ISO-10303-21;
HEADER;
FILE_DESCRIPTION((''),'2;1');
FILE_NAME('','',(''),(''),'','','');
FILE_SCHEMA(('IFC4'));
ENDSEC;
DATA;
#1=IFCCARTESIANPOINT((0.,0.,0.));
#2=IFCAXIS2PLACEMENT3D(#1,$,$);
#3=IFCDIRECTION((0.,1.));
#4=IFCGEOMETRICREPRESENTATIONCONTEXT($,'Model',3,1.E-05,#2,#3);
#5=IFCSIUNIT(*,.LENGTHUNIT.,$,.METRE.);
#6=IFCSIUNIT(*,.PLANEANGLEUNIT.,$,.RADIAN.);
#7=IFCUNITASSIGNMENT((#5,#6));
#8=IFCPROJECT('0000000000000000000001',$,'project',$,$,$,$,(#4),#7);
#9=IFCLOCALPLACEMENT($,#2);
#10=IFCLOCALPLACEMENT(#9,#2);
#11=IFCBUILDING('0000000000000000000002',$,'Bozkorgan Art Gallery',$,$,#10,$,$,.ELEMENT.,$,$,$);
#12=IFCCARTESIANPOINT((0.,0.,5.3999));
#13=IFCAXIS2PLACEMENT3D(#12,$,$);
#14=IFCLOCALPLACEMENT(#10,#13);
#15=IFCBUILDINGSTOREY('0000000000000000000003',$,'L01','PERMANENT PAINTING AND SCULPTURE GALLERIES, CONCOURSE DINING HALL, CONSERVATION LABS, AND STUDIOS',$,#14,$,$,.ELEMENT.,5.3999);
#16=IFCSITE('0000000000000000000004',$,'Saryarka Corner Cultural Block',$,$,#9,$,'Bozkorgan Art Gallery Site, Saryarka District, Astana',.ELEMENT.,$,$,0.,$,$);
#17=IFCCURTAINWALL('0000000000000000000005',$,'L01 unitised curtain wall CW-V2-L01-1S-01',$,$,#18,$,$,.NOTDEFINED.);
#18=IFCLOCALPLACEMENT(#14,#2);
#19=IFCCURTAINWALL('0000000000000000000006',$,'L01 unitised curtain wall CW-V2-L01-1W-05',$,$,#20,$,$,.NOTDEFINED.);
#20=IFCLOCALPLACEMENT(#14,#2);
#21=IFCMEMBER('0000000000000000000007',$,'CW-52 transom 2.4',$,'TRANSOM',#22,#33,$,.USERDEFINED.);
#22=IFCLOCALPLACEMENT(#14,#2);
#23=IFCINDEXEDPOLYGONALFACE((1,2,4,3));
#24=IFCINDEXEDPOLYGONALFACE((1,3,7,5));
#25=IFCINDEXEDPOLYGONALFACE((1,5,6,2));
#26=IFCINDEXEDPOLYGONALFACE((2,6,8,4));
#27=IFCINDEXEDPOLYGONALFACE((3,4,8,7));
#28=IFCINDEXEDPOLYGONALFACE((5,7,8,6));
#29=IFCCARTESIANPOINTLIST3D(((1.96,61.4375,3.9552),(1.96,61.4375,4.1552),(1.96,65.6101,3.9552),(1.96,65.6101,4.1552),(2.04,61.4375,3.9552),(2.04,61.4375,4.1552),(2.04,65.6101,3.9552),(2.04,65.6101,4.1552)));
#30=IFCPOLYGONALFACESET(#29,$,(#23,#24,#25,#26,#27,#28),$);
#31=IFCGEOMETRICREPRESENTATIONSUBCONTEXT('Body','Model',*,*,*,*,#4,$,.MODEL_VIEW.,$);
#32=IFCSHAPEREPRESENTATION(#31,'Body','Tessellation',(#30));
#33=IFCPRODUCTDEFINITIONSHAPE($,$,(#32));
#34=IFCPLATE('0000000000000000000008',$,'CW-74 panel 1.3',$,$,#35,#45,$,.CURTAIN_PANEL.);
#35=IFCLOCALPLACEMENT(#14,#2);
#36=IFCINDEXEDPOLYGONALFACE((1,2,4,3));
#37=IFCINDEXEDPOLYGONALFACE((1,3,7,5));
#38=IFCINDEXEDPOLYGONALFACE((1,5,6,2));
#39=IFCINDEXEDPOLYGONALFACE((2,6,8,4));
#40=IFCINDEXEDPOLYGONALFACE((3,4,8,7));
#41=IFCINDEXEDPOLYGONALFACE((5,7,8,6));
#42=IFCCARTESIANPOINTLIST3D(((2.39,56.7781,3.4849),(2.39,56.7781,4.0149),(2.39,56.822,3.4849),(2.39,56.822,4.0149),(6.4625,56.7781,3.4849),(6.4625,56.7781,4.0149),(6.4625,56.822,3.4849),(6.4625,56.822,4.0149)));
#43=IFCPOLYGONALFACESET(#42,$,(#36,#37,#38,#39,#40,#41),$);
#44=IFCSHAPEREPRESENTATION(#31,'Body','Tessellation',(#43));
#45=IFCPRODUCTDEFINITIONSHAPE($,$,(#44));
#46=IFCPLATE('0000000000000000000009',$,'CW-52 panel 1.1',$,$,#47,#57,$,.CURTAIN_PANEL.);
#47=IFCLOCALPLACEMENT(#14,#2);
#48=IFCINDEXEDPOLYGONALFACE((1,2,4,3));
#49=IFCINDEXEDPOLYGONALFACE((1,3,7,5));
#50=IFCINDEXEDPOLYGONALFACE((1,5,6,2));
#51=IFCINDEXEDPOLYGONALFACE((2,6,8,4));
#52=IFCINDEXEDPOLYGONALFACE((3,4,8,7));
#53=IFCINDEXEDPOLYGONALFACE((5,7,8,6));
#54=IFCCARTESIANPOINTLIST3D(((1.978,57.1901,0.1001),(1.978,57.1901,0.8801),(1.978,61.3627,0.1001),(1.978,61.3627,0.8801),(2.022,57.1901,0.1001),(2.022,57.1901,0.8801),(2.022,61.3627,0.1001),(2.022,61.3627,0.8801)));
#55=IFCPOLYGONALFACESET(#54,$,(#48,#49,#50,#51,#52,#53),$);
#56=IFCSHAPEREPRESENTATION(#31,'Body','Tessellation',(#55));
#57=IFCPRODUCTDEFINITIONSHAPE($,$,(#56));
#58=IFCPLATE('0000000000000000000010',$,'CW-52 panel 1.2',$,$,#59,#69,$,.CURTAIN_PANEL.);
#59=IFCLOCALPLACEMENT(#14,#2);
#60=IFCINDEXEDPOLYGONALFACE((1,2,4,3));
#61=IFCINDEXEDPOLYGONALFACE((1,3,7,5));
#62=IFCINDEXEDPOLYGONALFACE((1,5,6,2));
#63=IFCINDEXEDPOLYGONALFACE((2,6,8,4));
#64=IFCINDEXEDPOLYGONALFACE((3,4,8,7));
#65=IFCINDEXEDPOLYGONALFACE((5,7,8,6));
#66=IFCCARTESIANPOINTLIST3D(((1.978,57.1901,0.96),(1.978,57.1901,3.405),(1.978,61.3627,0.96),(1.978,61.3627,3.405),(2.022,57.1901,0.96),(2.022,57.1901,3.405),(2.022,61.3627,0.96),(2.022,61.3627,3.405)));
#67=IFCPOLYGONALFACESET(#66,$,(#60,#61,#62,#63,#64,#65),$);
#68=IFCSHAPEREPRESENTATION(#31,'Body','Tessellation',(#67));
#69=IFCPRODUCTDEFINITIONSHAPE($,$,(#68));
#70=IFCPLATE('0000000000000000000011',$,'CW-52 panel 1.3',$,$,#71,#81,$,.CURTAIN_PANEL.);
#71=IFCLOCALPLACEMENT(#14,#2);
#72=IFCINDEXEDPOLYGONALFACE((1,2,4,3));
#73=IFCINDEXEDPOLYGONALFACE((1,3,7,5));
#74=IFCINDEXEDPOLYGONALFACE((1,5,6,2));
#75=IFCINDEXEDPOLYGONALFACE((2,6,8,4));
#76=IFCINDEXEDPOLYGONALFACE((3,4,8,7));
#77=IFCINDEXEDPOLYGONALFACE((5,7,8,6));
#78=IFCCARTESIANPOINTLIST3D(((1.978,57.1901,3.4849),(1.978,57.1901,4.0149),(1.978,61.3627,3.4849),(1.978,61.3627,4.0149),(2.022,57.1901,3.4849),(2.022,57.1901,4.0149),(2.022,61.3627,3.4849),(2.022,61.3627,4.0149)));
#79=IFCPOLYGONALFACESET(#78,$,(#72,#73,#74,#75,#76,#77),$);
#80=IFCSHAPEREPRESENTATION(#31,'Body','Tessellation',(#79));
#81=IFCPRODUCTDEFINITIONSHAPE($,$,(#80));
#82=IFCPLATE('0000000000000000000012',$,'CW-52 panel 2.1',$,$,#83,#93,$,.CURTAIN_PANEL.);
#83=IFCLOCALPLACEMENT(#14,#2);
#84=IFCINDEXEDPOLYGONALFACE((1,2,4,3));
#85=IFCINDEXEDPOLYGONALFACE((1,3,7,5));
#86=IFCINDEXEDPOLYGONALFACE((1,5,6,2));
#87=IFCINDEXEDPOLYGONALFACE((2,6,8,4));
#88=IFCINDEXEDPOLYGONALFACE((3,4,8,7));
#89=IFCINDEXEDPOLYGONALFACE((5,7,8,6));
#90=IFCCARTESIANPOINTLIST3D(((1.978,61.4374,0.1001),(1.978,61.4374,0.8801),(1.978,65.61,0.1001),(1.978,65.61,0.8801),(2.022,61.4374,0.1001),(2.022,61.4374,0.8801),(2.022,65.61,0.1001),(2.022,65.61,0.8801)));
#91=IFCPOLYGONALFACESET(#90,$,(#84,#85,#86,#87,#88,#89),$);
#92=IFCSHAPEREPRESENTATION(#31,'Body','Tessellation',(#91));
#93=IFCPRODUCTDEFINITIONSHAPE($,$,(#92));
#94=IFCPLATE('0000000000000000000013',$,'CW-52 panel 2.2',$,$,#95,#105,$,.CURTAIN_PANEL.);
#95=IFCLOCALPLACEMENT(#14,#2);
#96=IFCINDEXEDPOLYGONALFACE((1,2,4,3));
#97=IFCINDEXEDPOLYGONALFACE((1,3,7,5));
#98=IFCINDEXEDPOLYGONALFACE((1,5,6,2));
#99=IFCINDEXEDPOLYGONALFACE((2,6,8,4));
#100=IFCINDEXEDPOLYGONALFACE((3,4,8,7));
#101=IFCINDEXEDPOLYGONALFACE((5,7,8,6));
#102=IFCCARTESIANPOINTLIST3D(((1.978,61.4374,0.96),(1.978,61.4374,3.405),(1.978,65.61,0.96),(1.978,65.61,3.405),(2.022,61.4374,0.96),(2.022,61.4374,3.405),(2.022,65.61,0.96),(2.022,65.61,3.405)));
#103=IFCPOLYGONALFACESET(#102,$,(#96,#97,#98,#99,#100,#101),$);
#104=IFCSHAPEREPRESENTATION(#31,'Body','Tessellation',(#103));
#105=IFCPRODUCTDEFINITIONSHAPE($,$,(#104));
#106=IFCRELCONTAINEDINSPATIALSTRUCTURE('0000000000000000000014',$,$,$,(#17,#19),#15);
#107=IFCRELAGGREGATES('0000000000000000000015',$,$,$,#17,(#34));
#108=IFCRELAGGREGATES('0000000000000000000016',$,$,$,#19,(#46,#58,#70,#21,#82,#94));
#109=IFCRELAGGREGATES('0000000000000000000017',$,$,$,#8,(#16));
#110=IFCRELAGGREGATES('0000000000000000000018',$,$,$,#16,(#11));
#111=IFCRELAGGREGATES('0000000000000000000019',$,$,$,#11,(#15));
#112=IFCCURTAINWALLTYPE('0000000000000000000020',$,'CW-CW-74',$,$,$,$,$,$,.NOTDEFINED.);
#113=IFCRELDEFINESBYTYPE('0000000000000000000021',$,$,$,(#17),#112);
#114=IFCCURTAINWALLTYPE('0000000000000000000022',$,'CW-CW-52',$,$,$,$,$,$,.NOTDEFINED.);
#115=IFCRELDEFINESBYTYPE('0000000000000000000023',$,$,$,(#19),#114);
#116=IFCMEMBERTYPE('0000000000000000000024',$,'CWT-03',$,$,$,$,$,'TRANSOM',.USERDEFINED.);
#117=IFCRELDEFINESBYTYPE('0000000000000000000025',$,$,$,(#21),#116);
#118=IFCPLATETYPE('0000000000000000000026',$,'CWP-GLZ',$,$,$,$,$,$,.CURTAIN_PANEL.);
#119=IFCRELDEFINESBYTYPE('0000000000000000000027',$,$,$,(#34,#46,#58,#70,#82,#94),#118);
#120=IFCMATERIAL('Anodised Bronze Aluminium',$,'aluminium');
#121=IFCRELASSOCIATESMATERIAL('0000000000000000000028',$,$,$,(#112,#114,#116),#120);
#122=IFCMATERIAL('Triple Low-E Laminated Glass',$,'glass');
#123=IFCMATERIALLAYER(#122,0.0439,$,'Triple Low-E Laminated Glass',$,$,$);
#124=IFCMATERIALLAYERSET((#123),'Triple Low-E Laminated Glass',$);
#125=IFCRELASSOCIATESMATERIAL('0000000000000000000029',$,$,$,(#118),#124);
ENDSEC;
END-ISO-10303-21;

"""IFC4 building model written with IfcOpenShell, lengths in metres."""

from ifc_helpers import new_model, si_unit, direction, frame, origin, origin_2d, place, context, subcontext, project, spatial, rectangle, extrude, material, layer, layer_set, material_profile, profile_set, type_object, element, aggregate, save


model = new_model("IFC4")

# Units and contexts
model_context = context("Model", 3, precision=1e-05, world=origin(), true_north=direction((0.0, 1.0)))
body_context = subcontext(model_context, "Body", "Model", "MODEL_VIEW")
ifc_project = project(units=[si_unit("LENGTHUNIT", "METRE"), si_unit("PLANEANGLEUNIT", "RADIAN")], contexts=[model_context])

# Site, building, storey
site_placement = place(None, origin())
site = spatial("IfcSite", under=ifc_project, at=site_placement, Name="Saryarka Corner Cultural Block", LongName="Bozkorgan Art Gallery Site, Saryarka District, Astana", CompositionType="ELEMENT", RefElevation=0.0)
building_placement = place(site_placement, origin())
building = spatial("IfcBuilding", under=site, at=building_placement, Name="Bozkorgan Art Gallery", CompositionType="ELEMENT")
storey_placement = place(building_placement, frame((0.0, 0.0, 5.3999)))
storey = spatial("IfcBuildingStorey", under=building, at=storey_placement, Name="L01", Description="PERMANENT PAINTING AND SCULPTURE GALLERIES, CONCOURSE DINING HALL, CONSERVATION LABS, AND STUDIOS", CompositionType="ELEMENT", Elevation=5.3999)

# Curtain wall
ifc_material_1 = material(Name="Anodised Bronze Aluminium", Category="aluminium")
curtain_wall_type_1 = type_object("IfcCurtainWallType", Name="CW-CW-74", PredefinedType="NOTDEFINED", material=ifc_material_1)
curtain_wall_1_placement = place(storey_placement, origin())
curtain_wall_1 = element("IfcCurtainWall", 1, at=curtain_wall_1_placement, inside=storey, type_object=curtain_wall_type_1, Name="L01 unitised curtain wall CW-V2-L01-1S-01", PredefinedType="NOTDEFINED")

# Curtain wall
curtain_wall_type_2 = type_object("IfcCurtainWallType", Name="CW-CW-52", PredefinedType="NOTDEFINED", material=ifc_material_1)
curtain_wall_2_placement = place(storey_placement, origin())
curtain_wall_2 = element("IfcCurtainWall", 2, at=curtain_wall_2_placement, inside=storey, type_object=curtain_wall_type_2, Name="L01 unitised curtain wall CW-V2-L01-1W-05", PredefinedType="NOTDEFINED")

# Member
ifc_material_profile_1 = material_profile(ifc_material_1, rectangle(XDim=0.0801, YDim=0.2, at=origin_2d()), Name="ALU TRANSOM 80x200")
ifc_profile_set_1 = profile_set([ifc_material_profile_1], Name="Anodised Bronze Aluminium")
member_type_1 = type_object("IfcMemberType", Name="CWT-03", ElementType="TRANSOM", PredefinedType="USERDEFINED", material=ifc_profile_set_1)
member_1_placement = place(storey_placement, frame((2.0, 61.4375, 4.0552), z_axis=(0.0, 1.0, 0.0), x_axis=(-1.0, 0.0, 0.0)))
member_1 = element("IfcMember", 3, at=member_1_placement, type_object=member_type_1, Name="CW-52 transom 2.4", ObjectType="TRANSOM", PredefinedType="USERDEFINED", context=body_context, shape_type="SweptSolid", body=[
    extrude(rectangle(XDim=0.0801, YDim=0.2, at=origin_2d()), origin(), (0.0, 0.0, 1.0), 4.1726),
])

# Plates
ifc_material_2 = material(Name="Triple Low-E Laminated Glass", Category="glass")
ifc_layer = layer(ifc_material_2, 0.0439, Name="Triple Low-E Laminated Glass")
ifc_layer_set = layer_set([ifc_layer], Name="Triple Low-E Laminated Glass")
plate_type = type_object("IfcPlateType", Name="CWP-GLZ", PredefinedType="CURTAIN_PANEL", material=ifc_layer_set)
plate_1_placement = place(storey_placement, frame((4.4263, 56.8, 3.4849), z_axis=(0.0, 0.0, 1.0), x_axis=(1.0, 0.0, 0.0)))
plate_1 = element("IfcPlate", 4, at=plate_1_placement, type_object=plate_type, Name="CW-74 panel 1.3", PredefinedType="CURTAIN_PANEL", context=body_context, shape_type="SweptSolid", body=[
    extrude(rectangle(XDim=4.0725, YDim=0.0439, at=origin_2d()), origin(), (0.0, 0.0, 1.0), 0.53),
])
aggregate(curtain_wall_1, [plate_1])
plate_2_placement = place(storey_placement, frame((2.0, 59.2764, 0.1001), z_axis=(0.0, 0.0, 1.0), x_axis=(0.0, 1.0, 0.0)))
plate_2 = element("IfcPlate", 5, at=plate_2_placement, type_object=plate_type, Name="CW-52 panel 1.1", PredefinedType="CURTAIN_PANEL", context=body_context, shape_type="SweptSolid", body=[
    extrude(rectangle(XDim=4.1726, YDim=0.0439, at=origin_2d()), origin(), (0.0, 0.0, 1.0), 0.78),
])
plate_3_placement = place(storey_placement, frame((2.0, 59.2764, 0.96), z_axis=(0.0, 0.0, 1.0), x_axis=(0.0, 1.0, 0.0)))
plate_3 = element("IfcPlate", 6, at=plate_3_placement, type_object=plate_type, Name="CW-52 panel 1.2", PredefinedType="CURTAIN_PANEL", context=body_context, shape_type="SweptSolid", body=[
    extrude(rectangle(XDim=4.1726, YDim=0.0439, at=origin_2d()), origin(), (0.0, 0.0, 1.0), 2.4451),
])
plate_4_placement = place(storey_placement, frame((2.0, 59.2764, 3.4849), z_axis=(0.0, 0.0, 1.0), x_axis=(0.0, 1.0, 0.0)))
plate_4 = element("IfcPlate", 7, at=plate_4_placement, type_object=plate_type, Name="CW-52 panel 1.3", PredefinedType="CURTAIN_PANEL", context=body_context, shape_type="SweptSolid", body=[
    extrude(rectangle(XDim=4.1726, YDim=0.0439, at=origin_2d()), origin(), (0.0, 0.0, 1.0), 0.53),
])
plate_5_placement = place(storey_placement, frame((2.0, 63.5237, 0.1001), z_axis=(0.0, 0.0, 1.0), x_axis=(0.0, 1.0, 0.0)))
plate_5 = element("IfcPlate", 8, at=plate_5_placement, type_object=plate_type, Name="CW-52 panel 2.1", PredefinedType="CURTAIN_PANEL", context=body_context, shape_type="SweptSolid", body=[
    extrude(rectangle(XDim=4.1726, YDim=0.0439, at=origin_2d()), origin(), (0.0, 0.0, 1.0), 0.78),
])
plate_6_placement = place(storey_placement, frame((2.0, 63.5237, 0.96), z_axis=(0.0, 0.0, 1.0), x_axis=(0.0, 1.0, 0.0)))
plate_6 = element("IfcPlate", 9, at=plate_6_placement, type_object=plate_type, Name="CW-52 panel 2.2", PredefinedType="CURTAIN_PANEL", context=body_context, shape_type="SweptSolid", body=[
    extrude(rectangle(XDim=4.1726, YDim=0.0439, at=origin_2d()), origin(), (0.0, 0.0, 1.0), 2.4451),
])
aggregate(curtain_wall_2, [plate_2, plate_3, plate_4, member_1, plate_5, plate_6])

save(model, "model.ifc")
